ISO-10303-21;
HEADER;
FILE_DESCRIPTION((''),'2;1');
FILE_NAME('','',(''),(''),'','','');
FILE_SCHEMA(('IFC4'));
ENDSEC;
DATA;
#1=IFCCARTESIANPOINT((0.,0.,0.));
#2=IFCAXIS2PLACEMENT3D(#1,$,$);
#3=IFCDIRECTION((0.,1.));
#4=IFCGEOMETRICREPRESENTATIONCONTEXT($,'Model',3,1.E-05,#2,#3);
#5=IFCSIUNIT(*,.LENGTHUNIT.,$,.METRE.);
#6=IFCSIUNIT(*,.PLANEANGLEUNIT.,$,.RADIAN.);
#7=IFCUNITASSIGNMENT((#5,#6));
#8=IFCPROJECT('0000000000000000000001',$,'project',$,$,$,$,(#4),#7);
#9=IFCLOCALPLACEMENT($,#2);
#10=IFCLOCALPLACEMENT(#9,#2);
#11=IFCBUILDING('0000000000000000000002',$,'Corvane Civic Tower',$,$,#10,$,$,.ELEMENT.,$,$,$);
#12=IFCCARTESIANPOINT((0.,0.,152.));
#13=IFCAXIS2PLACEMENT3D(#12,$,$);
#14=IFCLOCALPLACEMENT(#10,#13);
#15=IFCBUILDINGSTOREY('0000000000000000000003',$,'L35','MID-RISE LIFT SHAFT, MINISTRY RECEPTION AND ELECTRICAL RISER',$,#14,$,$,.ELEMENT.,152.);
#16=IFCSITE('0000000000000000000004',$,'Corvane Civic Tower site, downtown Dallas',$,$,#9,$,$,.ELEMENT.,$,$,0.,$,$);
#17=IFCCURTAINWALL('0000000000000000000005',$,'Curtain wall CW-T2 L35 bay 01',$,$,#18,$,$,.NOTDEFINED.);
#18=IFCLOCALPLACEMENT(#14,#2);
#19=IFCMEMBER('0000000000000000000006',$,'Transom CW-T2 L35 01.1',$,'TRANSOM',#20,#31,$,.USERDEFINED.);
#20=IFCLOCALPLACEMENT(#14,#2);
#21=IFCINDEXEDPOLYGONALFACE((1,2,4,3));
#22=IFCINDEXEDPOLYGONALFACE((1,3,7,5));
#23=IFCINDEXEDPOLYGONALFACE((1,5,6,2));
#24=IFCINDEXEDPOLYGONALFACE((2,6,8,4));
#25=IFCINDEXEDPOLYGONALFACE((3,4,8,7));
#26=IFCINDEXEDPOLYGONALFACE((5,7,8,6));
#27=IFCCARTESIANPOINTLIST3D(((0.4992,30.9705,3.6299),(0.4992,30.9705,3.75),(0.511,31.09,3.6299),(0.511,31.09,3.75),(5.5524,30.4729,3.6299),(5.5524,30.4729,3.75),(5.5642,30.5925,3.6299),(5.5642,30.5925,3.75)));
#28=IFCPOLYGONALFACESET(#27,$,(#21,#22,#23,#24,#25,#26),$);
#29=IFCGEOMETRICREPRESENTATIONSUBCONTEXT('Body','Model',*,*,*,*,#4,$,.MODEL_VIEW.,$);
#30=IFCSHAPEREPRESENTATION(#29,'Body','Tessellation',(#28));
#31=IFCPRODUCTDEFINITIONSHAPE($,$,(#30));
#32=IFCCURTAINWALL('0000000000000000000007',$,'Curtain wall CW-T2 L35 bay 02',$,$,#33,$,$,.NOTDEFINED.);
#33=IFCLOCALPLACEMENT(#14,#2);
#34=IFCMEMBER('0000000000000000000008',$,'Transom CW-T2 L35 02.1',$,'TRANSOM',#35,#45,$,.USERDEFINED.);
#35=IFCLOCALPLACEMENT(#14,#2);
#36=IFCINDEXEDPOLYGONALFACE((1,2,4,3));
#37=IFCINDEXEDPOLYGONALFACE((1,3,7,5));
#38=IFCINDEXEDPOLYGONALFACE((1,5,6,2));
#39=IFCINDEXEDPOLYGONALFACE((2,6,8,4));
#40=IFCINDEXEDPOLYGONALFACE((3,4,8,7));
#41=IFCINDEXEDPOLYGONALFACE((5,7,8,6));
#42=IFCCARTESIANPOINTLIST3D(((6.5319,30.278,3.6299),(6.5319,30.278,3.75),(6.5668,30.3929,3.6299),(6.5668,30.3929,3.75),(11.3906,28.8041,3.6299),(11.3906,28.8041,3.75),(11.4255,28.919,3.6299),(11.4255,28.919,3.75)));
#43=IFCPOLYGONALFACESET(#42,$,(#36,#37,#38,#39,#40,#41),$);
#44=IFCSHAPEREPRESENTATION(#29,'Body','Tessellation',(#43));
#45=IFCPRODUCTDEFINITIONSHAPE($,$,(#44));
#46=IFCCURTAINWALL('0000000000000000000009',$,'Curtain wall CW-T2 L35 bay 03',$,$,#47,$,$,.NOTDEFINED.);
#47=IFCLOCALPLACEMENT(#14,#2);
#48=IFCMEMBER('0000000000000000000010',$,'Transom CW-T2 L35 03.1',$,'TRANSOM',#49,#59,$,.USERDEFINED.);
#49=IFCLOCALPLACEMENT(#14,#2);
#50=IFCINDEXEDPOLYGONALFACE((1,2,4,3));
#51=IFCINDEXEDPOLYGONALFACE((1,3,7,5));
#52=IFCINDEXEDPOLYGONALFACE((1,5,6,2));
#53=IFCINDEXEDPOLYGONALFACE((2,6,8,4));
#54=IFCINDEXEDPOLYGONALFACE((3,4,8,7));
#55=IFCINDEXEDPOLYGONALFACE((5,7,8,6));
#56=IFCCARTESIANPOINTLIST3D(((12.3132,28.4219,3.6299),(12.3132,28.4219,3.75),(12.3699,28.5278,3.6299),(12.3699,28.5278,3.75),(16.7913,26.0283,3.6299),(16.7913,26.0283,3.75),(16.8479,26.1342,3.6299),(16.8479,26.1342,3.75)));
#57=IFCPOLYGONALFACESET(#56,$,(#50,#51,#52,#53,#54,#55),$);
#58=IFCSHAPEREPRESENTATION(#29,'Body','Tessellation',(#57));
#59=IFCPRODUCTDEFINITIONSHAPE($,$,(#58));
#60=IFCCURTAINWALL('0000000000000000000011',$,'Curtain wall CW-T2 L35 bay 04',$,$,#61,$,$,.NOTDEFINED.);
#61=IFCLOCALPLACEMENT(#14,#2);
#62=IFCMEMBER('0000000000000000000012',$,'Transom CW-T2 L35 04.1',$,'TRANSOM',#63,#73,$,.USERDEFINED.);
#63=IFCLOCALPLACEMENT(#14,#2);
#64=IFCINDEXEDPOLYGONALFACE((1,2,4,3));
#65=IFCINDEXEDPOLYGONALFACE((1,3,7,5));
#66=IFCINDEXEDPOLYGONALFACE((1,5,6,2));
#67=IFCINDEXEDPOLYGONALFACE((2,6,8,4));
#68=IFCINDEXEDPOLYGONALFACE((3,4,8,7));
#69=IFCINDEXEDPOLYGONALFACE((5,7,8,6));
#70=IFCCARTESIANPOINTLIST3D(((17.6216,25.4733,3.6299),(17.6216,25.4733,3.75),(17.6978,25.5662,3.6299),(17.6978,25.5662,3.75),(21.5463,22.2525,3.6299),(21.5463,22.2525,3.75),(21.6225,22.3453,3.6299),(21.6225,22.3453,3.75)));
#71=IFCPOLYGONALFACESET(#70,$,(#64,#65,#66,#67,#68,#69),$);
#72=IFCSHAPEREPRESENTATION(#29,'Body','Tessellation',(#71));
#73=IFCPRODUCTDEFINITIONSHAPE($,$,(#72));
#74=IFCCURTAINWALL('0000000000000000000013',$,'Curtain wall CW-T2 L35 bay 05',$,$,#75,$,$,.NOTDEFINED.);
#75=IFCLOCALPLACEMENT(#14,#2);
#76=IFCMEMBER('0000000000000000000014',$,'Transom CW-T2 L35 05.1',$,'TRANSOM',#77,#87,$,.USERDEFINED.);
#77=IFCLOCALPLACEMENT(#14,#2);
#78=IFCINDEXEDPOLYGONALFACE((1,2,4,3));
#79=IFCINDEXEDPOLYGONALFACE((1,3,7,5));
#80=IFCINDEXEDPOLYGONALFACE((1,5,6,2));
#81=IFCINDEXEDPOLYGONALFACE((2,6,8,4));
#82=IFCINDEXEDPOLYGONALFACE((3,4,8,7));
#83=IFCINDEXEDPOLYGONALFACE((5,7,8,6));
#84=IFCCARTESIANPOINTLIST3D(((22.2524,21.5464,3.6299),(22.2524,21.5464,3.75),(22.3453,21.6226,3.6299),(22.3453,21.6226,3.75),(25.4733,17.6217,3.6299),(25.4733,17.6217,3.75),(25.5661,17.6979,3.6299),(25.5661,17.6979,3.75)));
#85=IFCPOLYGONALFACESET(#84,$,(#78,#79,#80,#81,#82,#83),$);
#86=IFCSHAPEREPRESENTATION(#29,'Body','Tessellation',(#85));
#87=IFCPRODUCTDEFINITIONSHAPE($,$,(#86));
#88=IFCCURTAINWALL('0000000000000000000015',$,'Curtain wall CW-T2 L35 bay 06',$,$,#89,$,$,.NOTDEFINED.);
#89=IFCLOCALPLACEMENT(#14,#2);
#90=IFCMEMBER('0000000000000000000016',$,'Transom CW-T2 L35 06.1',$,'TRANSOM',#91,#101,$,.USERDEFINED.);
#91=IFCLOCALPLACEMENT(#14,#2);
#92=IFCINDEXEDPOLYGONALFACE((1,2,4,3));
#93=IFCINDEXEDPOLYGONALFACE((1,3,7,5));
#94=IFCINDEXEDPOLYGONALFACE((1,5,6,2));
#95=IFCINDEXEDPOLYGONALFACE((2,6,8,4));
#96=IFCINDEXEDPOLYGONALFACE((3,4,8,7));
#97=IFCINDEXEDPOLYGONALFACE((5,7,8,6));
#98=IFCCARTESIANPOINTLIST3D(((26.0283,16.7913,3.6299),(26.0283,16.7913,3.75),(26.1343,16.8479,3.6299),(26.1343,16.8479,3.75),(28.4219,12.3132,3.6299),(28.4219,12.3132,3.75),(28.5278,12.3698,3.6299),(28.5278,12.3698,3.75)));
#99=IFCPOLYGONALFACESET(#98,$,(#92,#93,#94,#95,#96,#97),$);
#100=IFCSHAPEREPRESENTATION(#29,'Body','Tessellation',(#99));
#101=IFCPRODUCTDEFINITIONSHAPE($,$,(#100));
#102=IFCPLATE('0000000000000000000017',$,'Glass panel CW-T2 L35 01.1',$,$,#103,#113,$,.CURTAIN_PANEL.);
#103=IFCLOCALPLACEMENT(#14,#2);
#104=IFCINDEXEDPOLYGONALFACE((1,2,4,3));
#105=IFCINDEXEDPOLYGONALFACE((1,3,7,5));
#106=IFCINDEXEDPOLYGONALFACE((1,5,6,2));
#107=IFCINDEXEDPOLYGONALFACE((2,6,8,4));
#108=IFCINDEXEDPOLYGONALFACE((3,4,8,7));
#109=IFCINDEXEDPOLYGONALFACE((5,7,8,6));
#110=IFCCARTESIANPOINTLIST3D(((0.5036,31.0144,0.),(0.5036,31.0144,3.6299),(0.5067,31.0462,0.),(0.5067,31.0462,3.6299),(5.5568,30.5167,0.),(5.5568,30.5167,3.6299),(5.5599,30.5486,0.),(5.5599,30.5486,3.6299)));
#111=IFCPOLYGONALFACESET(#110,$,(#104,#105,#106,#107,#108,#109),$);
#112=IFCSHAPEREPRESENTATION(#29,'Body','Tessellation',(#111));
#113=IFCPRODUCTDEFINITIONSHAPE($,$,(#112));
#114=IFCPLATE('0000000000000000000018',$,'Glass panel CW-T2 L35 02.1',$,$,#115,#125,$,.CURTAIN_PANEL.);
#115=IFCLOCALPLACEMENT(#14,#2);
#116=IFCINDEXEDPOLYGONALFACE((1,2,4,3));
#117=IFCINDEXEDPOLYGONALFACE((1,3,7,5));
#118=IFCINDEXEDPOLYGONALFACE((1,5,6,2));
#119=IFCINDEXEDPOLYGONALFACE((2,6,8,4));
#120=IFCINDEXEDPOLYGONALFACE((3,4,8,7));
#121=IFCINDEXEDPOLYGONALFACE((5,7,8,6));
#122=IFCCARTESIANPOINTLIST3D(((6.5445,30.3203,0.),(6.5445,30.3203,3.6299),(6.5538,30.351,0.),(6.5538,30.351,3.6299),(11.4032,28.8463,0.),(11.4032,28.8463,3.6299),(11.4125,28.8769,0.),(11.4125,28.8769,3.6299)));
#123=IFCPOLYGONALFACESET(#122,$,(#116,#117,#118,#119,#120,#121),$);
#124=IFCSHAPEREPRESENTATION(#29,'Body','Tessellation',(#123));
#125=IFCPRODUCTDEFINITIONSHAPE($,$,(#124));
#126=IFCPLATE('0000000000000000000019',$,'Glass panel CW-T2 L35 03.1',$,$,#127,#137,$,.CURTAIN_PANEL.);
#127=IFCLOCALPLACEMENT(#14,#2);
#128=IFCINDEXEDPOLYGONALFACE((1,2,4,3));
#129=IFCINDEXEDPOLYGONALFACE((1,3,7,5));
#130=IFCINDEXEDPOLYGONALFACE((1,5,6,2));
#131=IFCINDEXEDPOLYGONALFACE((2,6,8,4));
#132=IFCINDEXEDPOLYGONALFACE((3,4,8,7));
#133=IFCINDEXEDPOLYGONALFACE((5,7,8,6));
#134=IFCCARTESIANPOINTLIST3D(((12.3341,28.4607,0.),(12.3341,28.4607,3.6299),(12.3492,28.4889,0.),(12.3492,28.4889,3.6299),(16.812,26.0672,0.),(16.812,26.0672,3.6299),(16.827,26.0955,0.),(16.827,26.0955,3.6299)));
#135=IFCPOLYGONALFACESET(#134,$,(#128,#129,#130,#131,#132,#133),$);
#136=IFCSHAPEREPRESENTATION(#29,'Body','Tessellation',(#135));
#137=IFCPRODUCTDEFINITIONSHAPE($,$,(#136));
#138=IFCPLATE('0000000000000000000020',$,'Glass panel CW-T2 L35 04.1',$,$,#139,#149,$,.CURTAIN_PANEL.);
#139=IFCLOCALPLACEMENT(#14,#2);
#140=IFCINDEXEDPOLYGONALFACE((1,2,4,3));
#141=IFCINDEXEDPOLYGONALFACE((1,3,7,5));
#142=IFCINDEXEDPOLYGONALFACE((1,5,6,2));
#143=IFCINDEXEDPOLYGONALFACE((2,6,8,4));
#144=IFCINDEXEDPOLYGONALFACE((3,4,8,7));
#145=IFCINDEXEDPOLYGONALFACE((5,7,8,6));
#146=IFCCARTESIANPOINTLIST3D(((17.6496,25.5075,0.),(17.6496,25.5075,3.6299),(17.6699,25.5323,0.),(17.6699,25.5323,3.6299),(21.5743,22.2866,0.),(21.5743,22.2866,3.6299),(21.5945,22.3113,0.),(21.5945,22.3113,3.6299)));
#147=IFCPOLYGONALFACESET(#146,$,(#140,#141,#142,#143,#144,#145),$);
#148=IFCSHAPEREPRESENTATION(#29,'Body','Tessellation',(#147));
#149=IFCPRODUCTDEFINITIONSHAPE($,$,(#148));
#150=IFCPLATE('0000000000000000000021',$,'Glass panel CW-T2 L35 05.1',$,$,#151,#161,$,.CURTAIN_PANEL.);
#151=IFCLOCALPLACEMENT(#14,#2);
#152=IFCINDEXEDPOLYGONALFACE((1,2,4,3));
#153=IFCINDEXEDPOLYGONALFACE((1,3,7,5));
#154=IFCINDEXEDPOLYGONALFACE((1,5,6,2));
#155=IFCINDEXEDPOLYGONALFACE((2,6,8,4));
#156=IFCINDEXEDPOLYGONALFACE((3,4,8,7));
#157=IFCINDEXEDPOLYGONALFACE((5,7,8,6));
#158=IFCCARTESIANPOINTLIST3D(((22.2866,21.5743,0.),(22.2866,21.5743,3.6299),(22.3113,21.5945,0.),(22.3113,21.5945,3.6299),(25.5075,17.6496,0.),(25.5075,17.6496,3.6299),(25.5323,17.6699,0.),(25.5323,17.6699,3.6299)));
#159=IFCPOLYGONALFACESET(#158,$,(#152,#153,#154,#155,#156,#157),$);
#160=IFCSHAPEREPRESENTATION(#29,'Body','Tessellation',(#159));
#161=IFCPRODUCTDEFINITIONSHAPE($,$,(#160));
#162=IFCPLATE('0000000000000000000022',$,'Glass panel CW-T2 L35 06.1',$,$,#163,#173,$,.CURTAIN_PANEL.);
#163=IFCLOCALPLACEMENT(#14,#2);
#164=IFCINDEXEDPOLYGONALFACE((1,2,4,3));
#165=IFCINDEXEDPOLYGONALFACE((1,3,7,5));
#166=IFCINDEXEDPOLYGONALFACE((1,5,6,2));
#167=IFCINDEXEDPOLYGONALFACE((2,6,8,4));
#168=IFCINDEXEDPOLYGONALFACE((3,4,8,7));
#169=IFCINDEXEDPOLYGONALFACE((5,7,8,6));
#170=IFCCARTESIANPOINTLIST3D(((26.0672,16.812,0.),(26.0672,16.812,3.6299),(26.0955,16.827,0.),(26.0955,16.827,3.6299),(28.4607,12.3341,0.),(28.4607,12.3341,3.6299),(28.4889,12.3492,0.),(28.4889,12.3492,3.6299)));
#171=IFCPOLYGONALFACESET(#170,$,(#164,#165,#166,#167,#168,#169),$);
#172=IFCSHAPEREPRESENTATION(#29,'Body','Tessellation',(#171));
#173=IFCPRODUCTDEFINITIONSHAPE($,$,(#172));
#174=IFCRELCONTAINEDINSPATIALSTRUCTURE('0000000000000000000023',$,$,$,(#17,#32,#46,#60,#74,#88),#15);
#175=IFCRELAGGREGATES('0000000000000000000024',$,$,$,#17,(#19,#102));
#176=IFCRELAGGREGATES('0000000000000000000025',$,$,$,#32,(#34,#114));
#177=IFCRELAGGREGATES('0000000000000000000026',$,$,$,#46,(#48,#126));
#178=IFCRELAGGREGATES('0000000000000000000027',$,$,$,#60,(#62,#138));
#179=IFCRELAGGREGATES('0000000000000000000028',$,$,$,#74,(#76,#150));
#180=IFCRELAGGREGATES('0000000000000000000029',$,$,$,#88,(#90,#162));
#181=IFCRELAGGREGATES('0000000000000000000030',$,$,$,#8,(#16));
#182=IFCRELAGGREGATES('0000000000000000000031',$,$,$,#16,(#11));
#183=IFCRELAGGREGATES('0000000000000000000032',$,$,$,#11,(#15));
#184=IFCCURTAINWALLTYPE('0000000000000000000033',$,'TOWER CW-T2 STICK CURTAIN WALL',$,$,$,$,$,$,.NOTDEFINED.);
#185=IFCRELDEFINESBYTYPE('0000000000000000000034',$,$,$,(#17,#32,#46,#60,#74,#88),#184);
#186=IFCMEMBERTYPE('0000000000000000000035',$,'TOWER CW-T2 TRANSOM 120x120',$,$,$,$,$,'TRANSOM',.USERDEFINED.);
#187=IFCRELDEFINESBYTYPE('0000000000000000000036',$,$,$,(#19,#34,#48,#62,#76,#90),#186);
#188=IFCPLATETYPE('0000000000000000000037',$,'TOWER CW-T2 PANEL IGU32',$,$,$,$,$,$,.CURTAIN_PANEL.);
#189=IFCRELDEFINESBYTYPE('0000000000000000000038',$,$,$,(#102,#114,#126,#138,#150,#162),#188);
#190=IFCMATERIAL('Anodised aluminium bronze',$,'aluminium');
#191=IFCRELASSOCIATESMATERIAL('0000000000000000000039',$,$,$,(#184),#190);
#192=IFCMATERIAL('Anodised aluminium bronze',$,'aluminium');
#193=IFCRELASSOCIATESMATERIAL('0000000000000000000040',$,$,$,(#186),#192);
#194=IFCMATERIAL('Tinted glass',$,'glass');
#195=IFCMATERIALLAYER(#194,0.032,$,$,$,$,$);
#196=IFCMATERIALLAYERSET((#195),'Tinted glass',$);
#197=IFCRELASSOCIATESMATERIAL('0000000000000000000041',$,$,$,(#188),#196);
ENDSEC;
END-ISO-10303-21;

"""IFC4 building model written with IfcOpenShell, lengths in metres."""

from ifc_helpers import new_model, si_unit, direction, frame, origin, origin_2d, place, context, subcontext, project, spatial, rectangle, extrude, material, layer, layer_set, material_profile, profile_set, type_object, element, aggregate, save


model = new_model("IFC4")

# Units and contexts
model_context = context("Model", 3, precision=1e-05, world=origin(), true_north=direction((0.0, 1.0)))
body_context = subcontext(model_context, "Body", "Model", "MODEL_VIEW")
ifc_project = project(units=[si_unit("LENGTHUNIT", "METRE"), si_unit("PLANEANGLEUNIT", "RADIAN")], contexts=[model_context])

# Site, building, storey
site_placement = place(None, origin())
site = spatial("IfcSite", under=ifc_project, at=site_placement, Name="Corvane Civic Tower site, downtown Dallas", CompositionType="ELEMENT", RefElevation=0.0)
building_placement = place(site_placement, origin())
building = spatial("IfcBuilding", under=site, at=building_placement, Name="Corvane Civic Tower", CompositionType="ELEMENT")
storey_placement = place(building_placement, frame((0.0, 0.0, 152.0)))
storey = spatial("IfcBuildingStorey", under=building, at=storey_placement, Name="L35", Description="MID-RISE LIFT SHAFT, MINISTRY RECEPTION AND ELECTRICAL RISER", CompositionType="ELEMENT", Elevation=152.0)

# Curtain walls, members
ifc_material_1 = material(Name="Anodised aluminium bronze", Category="aluminium")
curtain_wall_type = type_object("IfcCurtainWallType", Name="TOWER CW-T2 STICK CURTAIN WALL", PredefinedType="NOTDEFINED", material=ifc_material_1)
curtain_wall_1_placement = place(storey_placement, origin())
curtain_wall_1 = element("IfcCurtainWall", 1, at=curtain_wall_1_placement, inside=storey, type_object=curtain_wall_type, Name="Curtain wall CW-T2 L35 bay 01", PredefinedType="NOTDEFINED")
ifc_material_2 = material(Name="Anodised aluminium bronze", Category="aluminium")
ifc_material_profile_1 = material_profile(ifc_material_2, rectangle(XDim=0.1201, YDim=0.1201, at=origin_2d()), Name="TOWER CW-T2 TRANSOM 120x120")
ifc_profile_set_1 = profile_set([ifc_material_profile_1], Name="Anodised aluminium bronze")
member_type = type_object("IfcMemberType", Name="TOWER CW-T2 TRANSOM 120x120", ElementType="TRANSOM", PredefinedType="USERDEFINED", material=ifc_profile_set_1)
member_1_placement = place(storey_placement, frame((0.5051, 31.0303, 3.6899), z_axis=(0.995187, -0.09799, 0.0), x_axis=(0.09799, 0.995187, 0.0)))
member_1 = element("IfcMember", 2, at=member_1_placement, type_object=member_type, Name="Transom CW-T2 L35 01.1", ObjectType="TRANSOM", PredefinedType="USERDEFINED", context=body_context, shape_type="SweptSolid", body=[
    extrude(rectangle(XDim=0.1201, YDim=0.1201, at=origin_2d()), origin(), (0.0, 0.0, 1.0), 5.0776),
])
curtain_wall_2_placement = place(storey_placement, origin())
curtain_wall_2 = element("IfcCurtainWall", 3, at=curtain_wall_2_placement, inside=storey, type_object=curtain_wall_type, Name="Curtain wall CW-T2 L35 bay 02", PredefinedType="NOTDEFINED")
member_2_placement = place(storey_placement, frame((6.5493, 30.3354, 3.6899), z_axis=(0.956939, -0.290289, 0.0), x_axis=(0.290289, 0.956939, 0.0)))
member_2 = element("IfcMember", 4, at=member_2_placement, type_object=member_type, Name="Transom CW-T2 L35 02.1", ObjectType="TRANSOM", PredefinedType="USERDEFINED", context=body_context, shape_type="SweptSolid", body=[
    extrude(rectangle(XDim=0.1201, YDim=0.1201, at=origin_2d()), origin(), (0.0, 0.0, 1.0), 5.0774),
])
curtain_wall_3_placement = place(storey_placement, origin())
curtain_wall_3 = element("IfcCurtainWall", 5, at=curtain_wall_3_placement, inside=storey, type_object=curtain_wall_type, Name="Curtain wall CW-T2 L35 bay 03", PredefinedType="NOTDEFINED")
member_3_placement = place(storey_placement, frame((12.3416, 28.4749, 3.6899), z_axis=(0.881921, -0.471397, 0.0), x_axis=(0.471397, 0.881921, 0.0)))
member_3 = element("IfcMember", 6, at=member_3_placement, type_object=member_type, Name="Transom CW-T2 L35 03.1", ObjectType="TRANSOM", PredefinedType="USERDEFINED", context=body_context, shape_type="SweptSolid", body=[
    extrude(rectangle(XDim=0.1201, YDim=0.1201, at=origin_2d()), origin(), (0.0, 0.0, 1.0), 5.0776),
])
curtain_wall_4_placement = place(storey_placement, origin())
curtain_wall_4 = element("IfcCurtainWall", 7, at=curtain_wall_4_placement, inside=storey, type_object=curtain_wall_type, Name="Curtain wall CW-T2 L35 bay 04", PredefinedType="NOTDEFINED")
member_4_placement = place(storey_placement, frame((17.6597, 25.5198, 3.6899), z_axis=(0.773016, -0.634387, 0.0), x_axis=(0.634387, 0.773016, 0.0)))
member_4 = element("IfcMember", 8, at=member_4_placement, type_object=member_type, Name="Transom CW-T2 L35 04.1", ObjectType="TRANSOM", PredefinedType="USERDEFINED", context=body_context, shape_type="SweptSolid", body=[
    extrude(rectangle(XDim=0.1201, YDim=0.1201, at=origin_2d()), origin(), (0.0, 0.0, 1.0), 5.0771),
])
curtain_wall_5_placement = place(storey_placement, origin())
curtain_wall_5 = element("IfcCurtainWall", 9, at=curtain_wall_5_placement, inside=storey, type_object=curtain_wall_type, Name="Curtain wall CW-T2 L35 bay 05", PredefinedType="NOTDEFINED")
member_5_placement = place(storey_placement, frame((22.2988, 21.5845, 3.6899), z_axis=(0.634387, -0.773016, 0.0), x_axis=(0.773016, 0.634387, 0.0)))
member_5 = element("IfcMember", 10, at=member_5_placement, type_object=member_type, Name="Transom CW-T2 L35 05.1", ObjectType="TRANSOM", PredefinedType="USERDEFINED", context=body_context, shape_type="SweptSolid", body=[
    extrude(rectangle(XDim=0.1201, YDim=0.1201, at=origin_2d()), origin(), (0.0, 0.0, 1.0), 5.0771),
])
curtain_wall_6_placement = place(storey_placement, origin())
curtain_wall_6 = element("IfcCurtainWall", 11, at=curtain_wall_6_placement, inside=storey, type_object=curtain_wall_type, Name="Curtain wall CW-T2 L35 bay 06", PredefinedType="NOTDEFINED")
member_6_placement = place(storey_placement, frame((26.0813, 16.8196, 3.6899), z_axis=(0.471397, -0.881921, 0.0), x_axis=(0.881921, 0.471397, 0.0)))
member_6 = element("IfcMember", 12, at=member_6_placement, type_object=member_type, Name="Transom CW-T2 L35 06.1", ObjectType="TRANSOM", PredefinedType="USERDEFINED", context=body_context, shape_type="SweptSolid", body=[
    extrude(rectangle(XDim=0.1201, YDim=0.1201, at=origin_2d()), origin(), (0.0, 0.0, 1.0), 5.0776),
])

# Plates
ifc_material_3 = material(Name="Tinted glass", Category="glass")
ifc_layer_1 = layer(ifc_material_3, 0.032)
ifc_layer_set_1 = layer_set([ifc_layer_1], Name="Tinted glass")
plate_type = type_object("IfcPlateType", Name="TOWER CW-T2 PANEL IGU32", PredefinedType="CURTAIN_PANEL", material=ifc_layer_set_1)
plate_1_placement = place(storey_placement, frame((3.0317, 30.7815, 0.0), z_axis=(0.0, 0.0, 1.0), x_axis=(0.995185, -0.098012, 0.0)))
plate_1 = element("IfcPlate", 13, at=plate_1_placement, type_object=plate_type, Name="Glass panel CW-T2 L35 01.1", PredefinedType="CURTAIN_PANEL", context=body_context, shape_type="SweptSolid", body=[
    extrude(rectangle(XDim=5.0776, YDim=0.032, at=origin_2d()), origin(), (0.0, 0.0, 1.0), 3.6299),
])
aggregate(curtain_wall_1, [member_1, plate_1])
plate_2_placement = place(storey_placement, frame((8.9785, 29.5986, 0.0), z_axis=(0.0, 0.0, 1.0), x_axis=(0.956932, -0.290313, 0.0)))
plate_2 = element("IfcPlate", 14, at=plate_2_placement, type_object=plate_type, Name="Glass panel CW-T2 L35 02.1", PredefinedType="CURTAIN_PANEL", context=body_context, shape_type="SweptSolid", body=[
    extrude(rectangle(XDim=5.0774, YDim=0.032, at=origin_2d()), origin(), (0.0, 0.0, 1.0), 3.6299),
])
aggregate(curtain_wall_2, [member_2, plate_2])
plate_3_placement = place(storey_placement, frame((14.5806, 27.2781, 0.0), z_axis=(0.0, 0.0, 1.0), x_axis=(0.881922, -0.471395, 0.0)))
plate_3 = element("IfcPlate", 15, at=plate_3_placement, type_object=plate_type, Name="Glass panel CW-T2 L35 03.1", PredefinedType="CURTAIN_PANEL", context=body_context, shape_type="SweptSolid", body=[
    extrude(rectangle(XDim=5.0774, YDim=0.032, at=origin_2d()), origin(), (0.0, 0.0, 1.0), 3.6299),
])
aggregate(curtain_wall_3, [member_3, plate_3])
plate_4_placement = place(storey_placement, frame((19.6221, 23.9094, 0.0), z_axis=(0.0, 0.0, 1.0), x_axis=(0.773005, -0.6344, 0.0)))
plate_4 = element("IfcPlate", 16, at=plate_4_placement, type_object=plate_type, Name="Glass panel CW-T2 L35 04.1", PredefinedType="CURTAIN_PANEL", context=body_context, shape_type="SweptSolid", body=[
    extrude(rectangle(XDim=5.0771, YDim=0.032, at=origin_2d()), origin(), (0.0, 0.0, 1.0), 3.6299),
])
aggregate(curtain_wall_4, [member_4, plate_4])
plate_5_placement = place(storey_placement, frame((23.9094, 19.6221, 0.0), z_axis=(0.0, 0.0, 1.0), x_axis=(0.6344, -0.773005, 0.0)))
plate_5 = element("IfcPlate", 17, at=plate_5_placement, type_object=plate_type, Name="Glass panel CW-T2 L35 05.1", PredefinedType="CURTAIN_PANEL", context=body_context, shape_type="SweptSolid", body=[
    extrude(rectangle(XDim=5.0771, YDim=0.032, at=origin_2d()), origin(), (0.0, 0.0, 1.0), 3.6299),
])
aggregate(curtain_wall_5, [member_5, plate_5])
plate_6_placement = place(storey_placement, frame((27.2781, 14.5806, 0.0), z_axis=(0.0, 0.0, 1.0), x_axis=(0.471395, -0.881922, 0.0)))
plate_6 = element("IfcPlate", 18, at=plate_6_placement, type_object=plate_type, Name="Glass panel CW-T2 L35 06.1", PredefinedType="CURTAIN_PANEL", context=body_context, shape_type="SweptSolid", body=[
    extrude(rectangle(XDim=5.0774, YDim=0.032, at=origin_2d()), origin(), (0.0, 0.0, 1.0), 3.6299),
])
aggregate(curtain_wall_6, [member_6, plate_6])

save(model, "model.ifc")
